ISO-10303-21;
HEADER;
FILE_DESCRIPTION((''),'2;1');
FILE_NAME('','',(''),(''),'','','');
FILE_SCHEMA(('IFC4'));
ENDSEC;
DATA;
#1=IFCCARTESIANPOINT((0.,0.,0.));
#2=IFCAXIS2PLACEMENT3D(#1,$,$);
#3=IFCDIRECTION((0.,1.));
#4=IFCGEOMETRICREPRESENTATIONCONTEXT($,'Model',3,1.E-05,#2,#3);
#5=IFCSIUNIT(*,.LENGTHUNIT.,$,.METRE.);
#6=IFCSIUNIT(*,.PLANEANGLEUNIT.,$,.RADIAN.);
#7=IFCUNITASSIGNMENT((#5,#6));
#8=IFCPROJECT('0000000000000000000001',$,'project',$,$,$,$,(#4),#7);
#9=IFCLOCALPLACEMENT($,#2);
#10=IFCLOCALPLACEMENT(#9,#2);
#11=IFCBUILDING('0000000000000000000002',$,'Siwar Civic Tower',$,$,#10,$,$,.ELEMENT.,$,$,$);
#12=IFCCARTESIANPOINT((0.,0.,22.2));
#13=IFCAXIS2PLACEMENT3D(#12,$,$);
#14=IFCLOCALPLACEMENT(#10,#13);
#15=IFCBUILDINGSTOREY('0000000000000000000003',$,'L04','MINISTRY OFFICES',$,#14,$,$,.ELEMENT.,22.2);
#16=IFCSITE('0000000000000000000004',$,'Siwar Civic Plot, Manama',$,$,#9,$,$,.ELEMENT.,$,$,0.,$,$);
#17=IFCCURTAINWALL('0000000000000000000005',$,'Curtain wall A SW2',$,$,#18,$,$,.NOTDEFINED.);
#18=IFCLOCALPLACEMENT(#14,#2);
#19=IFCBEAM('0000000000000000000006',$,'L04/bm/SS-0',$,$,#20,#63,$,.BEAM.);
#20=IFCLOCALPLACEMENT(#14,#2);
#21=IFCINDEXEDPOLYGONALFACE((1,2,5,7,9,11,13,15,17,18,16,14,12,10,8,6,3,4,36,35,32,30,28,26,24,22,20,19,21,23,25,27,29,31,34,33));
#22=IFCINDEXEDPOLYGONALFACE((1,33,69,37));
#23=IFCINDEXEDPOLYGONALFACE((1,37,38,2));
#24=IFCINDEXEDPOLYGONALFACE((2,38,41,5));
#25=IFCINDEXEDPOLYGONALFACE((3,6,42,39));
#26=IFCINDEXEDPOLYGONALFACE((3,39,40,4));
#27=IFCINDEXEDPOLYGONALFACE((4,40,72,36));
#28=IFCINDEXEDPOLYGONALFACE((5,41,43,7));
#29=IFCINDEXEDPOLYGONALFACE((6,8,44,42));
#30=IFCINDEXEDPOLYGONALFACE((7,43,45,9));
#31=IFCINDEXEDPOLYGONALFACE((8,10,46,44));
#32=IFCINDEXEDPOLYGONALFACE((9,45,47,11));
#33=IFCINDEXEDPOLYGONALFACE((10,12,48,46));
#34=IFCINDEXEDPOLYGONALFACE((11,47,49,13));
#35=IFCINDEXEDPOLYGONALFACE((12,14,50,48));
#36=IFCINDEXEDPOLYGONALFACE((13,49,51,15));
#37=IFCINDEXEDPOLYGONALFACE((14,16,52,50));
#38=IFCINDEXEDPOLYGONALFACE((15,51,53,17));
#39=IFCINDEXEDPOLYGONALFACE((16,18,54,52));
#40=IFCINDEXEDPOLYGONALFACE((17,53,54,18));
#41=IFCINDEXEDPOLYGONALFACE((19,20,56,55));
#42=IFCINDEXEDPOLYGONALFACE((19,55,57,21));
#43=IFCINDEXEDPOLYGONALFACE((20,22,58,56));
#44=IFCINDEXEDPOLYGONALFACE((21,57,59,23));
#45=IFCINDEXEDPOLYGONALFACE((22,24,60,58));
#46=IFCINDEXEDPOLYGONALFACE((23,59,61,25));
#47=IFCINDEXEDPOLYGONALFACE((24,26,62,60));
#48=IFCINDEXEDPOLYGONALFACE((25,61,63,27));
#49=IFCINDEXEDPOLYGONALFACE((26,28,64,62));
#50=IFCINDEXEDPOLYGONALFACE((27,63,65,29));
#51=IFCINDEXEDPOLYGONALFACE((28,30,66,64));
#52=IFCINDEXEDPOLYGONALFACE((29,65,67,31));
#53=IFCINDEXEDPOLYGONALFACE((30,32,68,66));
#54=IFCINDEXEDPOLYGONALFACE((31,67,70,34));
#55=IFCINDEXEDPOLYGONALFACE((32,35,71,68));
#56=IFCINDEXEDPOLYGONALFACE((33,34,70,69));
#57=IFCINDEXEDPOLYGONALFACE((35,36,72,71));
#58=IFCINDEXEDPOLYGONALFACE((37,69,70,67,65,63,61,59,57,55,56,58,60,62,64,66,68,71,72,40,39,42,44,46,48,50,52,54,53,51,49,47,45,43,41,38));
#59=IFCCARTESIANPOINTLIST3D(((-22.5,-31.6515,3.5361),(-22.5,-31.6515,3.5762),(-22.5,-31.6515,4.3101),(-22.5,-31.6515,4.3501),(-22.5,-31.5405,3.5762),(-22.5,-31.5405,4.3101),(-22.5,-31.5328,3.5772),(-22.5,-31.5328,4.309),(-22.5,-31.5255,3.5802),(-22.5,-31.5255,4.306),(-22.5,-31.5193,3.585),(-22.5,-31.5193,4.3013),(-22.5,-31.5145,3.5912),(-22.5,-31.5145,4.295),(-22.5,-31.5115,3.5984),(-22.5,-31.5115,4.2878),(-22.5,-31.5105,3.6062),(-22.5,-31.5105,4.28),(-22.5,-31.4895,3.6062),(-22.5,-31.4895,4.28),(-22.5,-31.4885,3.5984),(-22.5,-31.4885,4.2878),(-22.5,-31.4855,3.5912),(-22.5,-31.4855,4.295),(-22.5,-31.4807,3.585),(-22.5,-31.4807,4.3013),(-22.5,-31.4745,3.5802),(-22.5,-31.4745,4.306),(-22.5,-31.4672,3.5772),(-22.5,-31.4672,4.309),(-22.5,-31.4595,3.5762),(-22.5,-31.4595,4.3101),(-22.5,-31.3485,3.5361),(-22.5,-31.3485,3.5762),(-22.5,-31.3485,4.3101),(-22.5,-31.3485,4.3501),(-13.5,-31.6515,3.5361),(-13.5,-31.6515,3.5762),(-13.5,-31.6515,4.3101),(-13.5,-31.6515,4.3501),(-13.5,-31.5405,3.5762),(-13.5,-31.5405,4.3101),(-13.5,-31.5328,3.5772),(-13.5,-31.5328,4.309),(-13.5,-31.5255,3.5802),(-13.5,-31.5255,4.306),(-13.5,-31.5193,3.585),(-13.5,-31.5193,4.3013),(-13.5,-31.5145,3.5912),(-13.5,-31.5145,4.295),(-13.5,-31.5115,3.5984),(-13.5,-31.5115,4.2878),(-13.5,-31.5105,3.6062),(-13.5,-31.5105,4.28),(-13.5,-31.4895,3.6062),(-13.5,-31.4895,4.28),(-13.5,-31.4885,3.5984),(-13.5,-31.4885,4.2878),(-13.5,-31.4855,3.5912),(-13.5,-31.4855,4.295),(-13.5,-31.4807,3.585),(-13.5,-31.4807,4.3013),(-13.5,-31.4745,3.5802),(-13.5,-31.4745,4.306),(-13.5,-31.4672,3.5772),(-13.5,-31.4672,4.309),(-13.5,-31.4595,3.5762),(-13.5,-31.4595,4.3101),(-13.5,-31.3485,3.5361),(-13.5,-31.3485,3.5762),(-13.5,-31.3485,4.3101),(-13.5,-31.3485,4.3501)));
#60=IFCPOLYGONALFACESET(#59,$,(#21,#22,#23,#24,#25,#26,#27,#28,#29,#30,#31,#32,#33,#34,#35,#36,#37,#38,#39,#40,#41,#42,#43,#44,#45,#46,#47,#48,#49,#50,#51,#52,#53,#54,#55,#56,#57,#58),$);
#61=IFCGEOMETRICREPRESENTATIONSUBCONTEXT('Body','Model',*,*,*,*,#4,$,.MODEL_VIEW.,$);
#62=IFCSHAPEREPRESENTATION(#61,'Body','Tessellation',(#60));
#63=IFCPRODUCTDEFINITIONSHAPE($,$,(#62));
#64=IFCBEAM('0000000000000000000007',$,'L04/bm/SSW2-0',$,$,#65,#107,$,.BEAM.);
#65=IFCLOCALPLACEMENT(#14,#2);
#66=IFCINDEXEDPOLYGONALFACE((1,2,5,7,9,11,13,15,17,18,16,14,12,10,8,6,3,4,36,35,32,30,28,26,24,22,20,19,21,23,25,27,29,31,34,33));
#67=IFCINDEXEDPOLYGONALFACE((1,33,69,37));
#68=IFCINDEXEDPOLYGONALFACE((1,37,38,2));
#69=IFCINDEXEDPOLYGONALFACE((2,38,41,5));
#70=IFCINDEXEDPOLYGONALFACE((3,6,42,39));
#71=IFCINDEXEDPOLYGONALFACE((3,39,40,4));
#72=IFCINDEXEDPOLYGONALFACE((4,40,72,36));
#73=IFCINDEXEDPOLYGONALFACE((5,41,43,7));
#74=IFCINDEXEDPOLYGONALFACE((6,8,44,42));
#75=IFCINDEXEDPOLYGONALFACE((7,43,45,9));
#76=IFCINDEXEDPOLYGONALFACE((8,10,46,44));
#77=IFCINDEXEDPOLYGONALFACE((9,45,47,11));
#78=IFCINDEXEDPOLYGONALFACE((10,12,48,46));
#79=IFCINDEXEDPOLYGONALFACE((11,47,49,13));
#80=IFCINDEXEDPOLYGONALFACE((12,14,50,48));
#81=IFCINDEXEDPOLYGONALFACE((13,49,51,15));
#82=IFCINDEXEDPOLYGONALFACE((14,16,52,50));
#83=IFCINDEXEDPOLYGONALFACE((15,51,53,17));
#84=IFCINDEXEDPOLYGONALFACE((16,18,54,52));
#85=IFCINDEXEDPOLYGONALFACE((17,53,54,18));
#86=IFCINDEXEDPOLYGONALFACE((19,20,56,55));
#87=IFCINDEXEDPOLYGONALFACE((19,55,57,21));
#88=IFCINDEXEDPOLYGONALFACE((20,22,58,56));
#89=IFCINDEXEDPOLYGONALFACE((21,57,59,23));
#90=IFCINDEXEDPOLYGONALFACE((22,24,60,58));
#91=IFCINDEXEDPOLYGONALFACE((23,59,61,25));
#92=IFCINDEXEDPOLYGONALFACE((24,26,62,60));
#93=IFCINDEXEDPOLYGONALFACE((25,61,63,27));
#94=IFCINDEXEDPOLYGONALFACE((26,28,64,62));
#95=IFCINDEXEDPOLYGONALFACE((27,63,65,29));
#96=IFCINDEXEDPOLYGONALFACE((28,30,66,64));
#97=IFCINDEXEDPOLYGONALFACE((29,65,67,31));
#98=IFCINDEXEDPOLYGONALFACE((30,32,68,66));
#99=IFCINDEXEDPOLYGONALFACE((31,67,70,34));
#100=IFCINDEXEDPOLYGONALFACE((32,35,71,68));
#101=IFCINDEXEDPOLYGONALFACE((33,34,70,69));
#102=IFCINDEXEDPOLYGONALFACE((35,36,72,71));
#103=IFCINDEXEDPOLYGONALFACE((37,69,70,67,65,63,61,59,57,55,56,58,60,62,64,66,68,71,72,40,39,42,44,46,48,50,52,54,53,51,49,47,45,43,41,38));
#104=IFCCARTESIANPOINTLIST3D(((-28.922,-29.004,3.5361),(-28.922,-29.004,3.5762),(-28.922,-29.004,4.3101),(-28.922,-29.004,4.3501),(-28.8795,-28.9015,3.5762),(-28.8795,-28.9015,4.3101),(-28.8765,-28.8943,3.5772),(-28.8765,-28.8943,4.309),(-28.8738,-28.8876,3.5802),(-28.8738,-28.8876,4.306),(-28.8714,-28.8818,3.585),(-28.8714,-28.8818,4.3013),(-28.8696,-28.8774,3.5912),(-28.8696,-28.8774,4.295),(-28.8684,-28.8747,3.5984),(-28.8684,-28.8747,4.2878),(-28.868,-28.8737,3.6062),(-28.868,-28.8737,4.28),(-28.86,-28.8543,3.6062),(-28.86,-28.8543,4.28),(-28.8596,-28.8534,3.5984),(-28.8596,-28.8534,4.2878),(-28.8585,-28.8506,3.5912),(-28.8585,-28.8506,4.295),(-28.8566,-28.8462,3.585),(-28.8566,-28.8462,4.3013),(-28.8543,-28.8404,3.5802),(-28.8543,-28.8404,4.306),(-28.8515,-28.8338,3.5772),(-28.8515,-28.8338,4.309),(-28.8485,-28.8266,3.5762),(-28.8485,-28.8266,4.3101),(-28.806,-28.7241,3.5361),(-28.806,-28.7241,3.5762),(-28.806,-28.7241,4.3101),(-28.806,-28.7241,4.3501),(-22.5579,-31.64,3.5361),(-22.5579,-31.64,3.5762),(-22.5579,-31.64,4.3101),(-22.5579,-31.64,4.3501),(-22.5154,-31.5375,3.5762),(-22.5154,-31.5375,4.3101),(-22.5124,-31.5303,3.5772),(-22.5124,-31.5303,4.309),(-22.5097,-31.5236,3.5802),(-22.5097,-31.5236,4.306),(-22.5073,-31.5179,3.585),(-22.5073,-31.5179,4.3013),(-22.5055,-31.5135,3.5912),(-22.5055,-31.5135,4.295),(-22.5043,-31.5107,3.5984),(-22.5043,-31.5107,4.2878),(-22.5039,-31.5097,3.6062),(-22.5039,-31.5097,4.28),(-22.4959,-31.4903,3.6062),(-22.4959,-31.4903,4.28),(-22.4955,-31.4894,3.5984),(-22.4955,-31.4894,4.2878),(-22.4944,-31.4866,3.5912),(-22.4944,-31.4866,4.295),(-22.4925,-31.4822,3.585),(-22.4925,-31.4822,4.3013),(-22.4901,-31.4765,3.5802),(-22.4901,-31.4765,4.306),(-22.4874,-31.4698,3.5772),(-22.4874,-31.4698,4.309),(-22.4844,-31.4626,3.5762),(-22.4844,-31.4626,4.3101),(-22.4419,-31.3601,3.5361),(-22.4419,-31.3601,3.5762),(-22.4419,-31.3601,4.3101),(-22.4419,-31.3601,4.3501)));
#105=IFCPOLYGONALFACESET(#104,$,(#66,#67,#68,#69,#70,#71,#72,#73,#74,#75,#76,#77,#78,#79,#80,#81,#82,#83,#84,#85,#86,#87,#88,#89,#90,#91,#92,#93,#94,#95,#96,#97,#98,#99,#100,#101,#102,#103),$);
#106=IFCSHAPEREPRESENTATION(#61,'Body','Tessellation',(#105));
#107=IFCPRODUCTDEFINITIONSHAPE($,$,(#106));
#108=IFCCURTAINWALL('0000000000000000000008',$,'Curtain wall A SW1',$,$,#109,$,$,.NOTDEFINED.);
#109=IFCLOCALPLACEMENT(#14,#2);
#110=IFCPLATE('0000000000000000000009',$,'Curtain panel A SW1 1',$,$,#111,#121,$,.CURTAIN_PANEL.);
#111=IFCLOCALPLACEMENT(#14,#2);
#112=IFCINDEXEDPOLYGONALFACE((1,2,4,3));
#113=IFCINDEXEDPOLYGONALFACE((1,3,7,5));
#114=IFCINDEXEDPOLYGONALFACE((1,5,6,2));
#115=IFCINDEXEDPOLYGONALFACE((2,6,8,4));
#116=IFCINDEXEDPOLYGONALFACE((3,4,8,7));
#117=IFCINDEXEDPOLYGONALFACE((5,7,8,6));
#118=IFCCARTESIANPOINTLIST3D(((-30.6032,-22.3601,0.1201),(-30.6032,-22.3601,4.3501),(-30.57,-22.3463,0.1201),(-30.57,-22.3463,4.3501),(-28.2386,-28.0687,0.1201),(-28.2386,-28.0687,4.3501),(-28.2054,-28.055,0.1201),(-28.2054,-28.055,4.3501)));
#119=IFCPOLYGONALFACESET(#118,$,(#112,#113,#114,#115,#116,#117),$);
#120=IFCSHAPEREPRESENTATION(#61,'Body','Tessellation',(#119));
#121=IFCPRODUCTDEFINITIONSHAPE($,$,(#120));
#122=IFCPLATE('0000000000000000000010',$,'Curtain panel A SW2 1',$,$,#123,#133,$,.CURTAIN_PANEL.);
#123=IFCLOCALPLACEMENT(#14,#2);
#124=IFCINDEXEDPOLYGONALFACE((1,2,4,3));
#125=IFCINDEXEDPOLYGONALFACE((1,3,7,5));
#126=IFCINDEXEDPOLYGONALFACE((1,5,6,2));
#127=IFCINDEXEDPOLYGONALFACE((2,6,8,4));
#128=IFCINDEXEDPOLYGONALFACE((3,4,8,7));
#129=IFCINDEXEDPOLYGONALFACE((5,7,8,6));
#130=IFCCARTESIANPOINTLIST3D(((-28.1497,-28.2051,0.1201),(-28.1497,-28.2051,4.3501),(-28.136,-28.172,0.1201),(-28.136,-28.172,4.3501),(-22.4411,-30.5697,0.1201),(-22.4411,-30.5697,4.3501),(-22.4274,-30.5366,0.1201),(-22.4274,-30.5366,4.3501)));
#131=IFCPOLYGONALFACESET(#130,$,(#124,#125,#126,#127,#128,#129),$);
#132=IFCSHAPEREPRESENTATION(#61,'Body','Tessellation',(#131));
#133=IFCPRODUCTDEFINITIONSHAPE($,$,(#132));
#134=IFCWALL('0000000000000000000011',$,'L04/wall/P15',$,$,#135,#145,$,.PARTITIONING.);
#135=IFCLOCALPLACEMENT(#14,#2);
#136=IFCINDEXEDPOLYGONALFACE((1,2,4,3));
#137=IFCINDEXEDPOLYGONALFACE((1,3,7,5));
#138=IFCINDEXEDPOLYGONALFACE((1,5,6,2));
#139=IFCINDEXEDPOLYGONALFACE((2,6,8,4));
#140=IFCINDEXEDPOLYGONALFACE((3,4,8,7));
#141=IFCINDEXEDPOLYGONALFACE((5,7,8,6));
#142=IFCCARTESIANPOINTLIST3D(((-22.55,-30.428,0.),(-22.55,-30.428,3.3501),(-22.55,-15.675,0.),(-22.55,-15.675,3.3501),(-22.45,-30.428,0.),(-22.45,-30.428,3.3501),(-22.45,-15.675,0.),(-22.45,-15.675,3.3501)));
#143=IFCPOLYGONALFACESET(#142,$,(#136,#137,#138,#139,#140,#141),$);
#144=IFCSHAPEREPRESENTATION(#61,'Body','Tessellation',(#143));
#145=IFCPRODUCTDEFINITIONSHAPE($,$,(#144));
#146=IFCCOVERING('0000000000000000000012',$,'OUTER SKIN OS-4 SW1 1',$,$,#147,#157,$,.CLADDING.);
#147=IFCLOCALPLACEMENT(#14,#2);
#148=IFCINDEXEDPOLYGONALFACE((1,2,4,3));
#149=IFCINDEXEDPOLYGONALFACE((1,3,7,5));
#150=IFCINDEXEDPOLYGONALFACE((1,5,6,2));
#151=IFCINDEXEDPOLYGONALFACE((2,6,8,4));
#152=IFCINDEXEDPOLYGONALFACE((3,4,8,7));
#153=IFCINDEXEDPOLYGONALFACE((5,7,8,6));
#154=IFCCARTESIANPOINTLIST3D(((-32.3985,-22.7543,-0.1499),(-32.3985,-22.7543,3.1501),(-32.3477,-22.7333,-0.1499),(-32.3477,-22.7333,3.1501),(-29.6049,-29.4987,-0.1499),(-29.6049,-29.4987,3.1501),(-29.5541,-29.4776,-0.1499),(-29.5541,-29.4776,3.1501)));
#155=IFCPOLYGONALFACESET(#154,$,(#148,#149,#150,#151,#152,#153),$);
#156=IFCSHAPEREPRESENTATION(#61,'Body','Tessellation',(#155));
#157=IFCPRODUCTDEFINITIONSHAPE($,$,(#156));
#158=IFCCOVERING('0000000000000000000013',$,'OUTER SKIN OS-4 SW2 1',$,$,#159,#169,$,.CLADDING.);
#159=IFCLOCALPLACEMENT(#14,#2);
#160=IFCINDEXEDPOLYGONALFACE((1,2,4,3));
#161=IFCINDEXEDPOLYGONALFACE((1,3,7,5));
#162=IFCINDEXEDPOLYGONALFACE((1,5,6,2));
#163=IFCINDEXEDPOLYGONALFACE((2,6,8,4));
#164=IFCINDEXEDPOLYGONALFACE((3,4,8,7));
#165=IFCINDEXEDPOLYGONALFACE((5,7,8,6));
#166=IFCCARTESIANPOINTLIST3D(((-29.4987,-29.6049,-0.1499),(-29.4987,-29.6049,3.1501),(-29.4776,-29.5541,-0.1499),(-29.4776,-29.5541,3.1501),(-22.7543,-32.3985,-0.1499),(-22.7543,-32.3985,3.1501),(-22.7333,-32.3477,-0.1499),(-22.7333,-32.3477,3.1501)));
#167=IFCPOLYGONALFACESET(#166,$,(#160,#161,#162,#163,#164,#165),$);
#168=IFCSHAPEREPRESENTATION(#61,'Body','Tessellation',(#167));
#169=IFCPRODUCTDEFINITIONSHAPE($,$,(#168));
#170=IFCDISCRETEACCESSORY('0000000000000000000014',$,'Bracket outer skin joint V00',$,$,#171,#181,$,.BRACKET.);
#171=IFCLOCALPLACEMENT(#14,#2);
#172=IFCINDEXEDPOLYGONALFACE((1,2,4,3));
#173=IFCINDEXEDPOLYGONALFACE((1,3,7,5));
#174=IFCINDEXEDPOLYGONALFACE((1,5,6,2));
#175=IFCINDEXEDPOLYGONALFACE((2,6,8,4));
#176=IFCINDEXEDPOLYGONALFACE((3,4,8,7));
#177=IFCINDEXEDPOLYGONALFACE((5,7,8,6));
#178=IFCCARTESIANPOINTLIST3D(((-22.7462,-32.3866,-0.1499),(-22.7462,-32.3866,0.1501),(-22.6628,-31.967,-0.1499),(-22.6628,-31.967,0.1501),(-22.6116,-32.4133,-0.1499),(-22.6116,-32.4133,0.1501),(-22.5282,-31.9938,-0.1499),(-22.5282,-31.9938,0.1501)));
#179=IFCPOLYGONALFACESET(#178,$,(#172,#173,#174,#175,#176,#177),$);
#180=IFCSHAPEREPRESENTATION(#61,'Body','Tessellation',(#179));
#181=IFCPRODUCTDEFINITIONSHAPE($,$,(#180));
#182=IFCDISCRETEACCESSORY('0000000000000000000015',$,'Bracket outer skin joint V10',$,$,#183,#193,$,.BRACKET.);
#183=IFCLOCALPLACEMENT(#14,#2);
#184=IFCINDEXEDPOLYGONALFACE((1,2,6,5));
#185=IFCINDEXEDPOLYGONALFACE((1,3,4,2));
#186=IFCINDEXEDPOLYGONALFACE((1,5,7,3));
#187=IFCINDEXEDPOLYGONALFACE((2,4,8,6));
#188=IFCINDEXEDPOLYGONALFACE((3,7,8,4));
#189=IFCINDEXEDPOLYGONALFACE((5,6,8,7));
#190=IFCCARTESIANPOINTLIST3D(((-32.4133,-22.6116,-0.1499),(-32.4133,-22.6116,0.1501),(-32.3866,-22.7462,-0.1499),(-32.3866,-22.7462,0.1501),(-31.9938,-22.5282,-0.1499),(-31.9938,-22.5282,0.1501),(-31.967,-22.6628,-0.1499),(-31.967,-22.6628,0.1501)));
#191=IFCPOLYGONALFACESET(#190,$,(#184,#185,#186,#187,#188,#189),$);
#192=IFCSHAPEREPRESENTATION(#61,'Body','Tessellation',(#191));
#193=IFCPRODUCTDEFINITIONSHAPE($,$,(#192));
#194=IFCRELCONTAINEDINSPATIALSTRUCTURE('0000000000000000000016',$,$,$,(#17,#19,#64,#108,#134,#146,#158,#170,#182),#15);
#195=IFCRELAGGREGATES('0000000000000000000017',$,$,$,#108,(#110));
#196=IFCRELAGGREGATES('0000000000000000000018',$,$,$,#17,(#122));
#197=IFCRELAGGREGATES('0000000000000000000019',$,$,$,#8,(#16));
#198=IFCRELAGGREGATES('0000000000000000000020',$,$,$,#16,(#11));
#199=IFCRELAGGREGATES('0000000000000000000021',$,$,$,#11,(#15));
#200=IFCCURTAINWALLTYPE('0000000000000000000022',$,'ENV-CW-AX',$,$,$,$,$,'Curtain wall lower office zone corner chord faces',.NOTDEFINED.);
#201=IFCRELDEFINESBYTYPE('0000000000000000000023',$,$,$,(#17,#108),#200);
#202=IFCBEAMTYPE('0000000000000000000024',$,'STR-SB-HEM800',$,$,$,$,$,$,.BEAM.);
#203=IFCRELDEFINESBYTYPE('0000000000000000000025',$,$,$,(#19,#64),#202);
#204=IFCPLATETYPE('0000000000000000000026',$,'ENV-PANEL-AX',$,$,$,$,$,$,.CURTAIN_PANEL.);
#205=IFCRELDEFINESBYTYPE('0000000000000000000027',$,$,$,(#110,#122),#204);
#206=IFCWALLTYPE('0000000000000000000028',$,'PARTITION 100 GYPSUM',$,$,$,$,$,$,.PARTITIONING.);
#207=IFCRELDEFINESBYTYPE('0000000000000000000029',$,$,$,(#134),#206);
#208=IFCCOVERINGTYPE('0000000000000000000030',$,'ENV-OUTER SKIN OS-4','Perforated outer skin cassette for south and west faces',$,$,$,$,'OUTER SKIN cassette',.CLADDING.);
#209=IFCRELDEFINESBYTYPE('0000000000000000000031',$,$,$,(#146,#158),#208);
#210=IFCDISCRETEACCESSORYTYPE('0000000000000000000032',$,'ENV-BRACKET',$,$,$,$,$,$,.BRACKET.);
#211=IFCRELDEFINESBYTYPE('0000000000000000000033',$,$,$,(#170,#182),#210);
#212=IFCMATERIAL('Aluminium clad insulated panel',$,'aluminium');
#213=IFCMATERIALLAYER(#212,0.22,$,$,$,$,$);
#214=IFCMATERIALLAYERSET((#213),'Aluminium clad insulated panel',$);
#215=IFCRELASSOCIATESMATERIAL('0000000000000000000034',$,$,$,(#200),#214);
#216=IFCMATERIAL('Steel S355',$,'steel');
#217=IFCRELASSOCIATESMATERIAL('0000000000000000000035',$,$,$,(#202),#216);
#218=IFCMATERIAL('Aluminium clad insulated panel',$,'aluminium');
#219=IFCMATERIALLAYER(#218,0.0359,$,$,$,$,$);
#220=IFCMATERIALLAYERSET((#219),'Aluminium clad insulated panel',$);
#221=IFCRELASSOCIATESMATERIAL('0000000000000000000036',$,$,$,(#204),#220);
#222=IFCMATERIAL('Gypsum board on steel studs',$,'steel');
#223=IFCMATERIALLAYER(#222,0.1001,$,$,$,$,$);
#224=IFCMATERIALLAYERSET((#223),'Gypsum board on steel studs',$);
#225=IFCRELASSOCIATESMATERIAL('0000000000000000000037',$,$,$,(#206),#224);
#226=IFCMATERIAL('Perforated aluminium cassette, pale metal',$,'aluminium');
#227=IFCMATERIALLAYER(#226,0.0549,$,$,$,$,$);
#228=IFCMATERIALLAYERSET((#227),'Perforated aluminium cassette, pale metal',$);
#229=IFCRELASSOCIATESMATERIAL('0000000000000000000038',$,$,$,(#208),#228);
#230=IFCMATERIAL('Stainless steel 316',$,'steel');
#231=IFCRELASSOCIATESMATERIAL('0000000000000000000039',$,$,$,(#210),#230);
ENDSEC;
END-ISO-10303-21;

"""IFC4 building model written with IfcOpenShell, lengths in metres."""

from ifc_helpers import new_model, si_unit, direction, frame, frame_2d, origin, origin_2d, place, context, subcontext, project, spatial, rectangle, i_section, extrude, material, layer, layer_set, material_profile, profile_set, type_object, element, aggregate, save


model = new_model("IFC4")

# Units and contexts
model_context = context("Model", 3, precision=1e-05, world=origin(), true_north=direction((0.0, 1.0)))
body_context = subcontext(model_context, "Body", "Model", "MODEL_VIEW")
ifc_project = project(units=[si_unit("LENGTHUNIT", "METRE"), si_unit("PLANEANGLEUNIT", "RADIAN")], contexts=[model_context])

# Site, building, storey
site_placement = place(None, origin())
site = spatial("IfcSite", under=ifc_project, at=site_placement, Name="Siwar Civic Plot, Manama", CompositionType="ELEMENT", RefElevation=0.0)
building_placement = place(site_placement, origin())
building = spatial("IfcBuilding", under=site, at=building_placement, Name="Siwar Civic Tower", CompositionType="ELEMENT")
storey_placement = place(building_placement, frame((0.0, 0.0, 22.2)))
storey = spatial("IfcBuildingStorey", under=building, at=storey_placement, Name="L04", Description="MINISTRY OFFICES", CompositionType="ELEMENT", Elevation=22.2)

# Curtain wall
ifc_material_1 = material(Name="Aluminium clad insulated panel", Category="aluminium")
ifc_layer_1 = layer(ifc_material_1, 0.22)
ifc_layer_set_1 = layer_set([ifc_layer_1], Name="Aluminium clad insulated panel")
curtain_wall_type_1 = type_object("IfcCurtainWallType", Name="ENV-CW-AX", ElementType="Curtain wall lower office zone corner chord faces", PredefinedType="NOTDEFINED", material=ifc_layer_set_1)
curtain_wall_1_placement = place(storey_placement, origin())
curtain_wall_1 = element("IfcCurtainWall", 1, at=curtain_wall_1_placement, inside=storey, type_object=curtain_wall_type_1, Name="Curtain wall A SW2", PredefinedType="NOTDEFINED")

# Beams
ifc_material_2 = material(Name="Steel S355", Category="steel")
ifc_material_profile_1 = material_profile(ifc_material_2, i_section(OverallWidth=0.303, OverallDepth=0.814, WebThickness=0.021, FlangeThickness=0.04, FilletRadius=0.03, at=origin_2d()), Name="HEM800")
ifc_profile_set_1 = profile_set([ifc_material_profile_1], Name="Steel S355")
beam_type_1 = type_object("IfcBeamType", Name="STR-SB-HEM800", PredefinedType="BEAM", material=ifc_profile_set_1)
beam_1_placement = place(storey_placement, frame((-22.5, -31.5, 3.9431), z_axis=(1.0, 0.0, 0.0), x_axis=(0.0, 1.0, 0.0)))
element("IfcBeam", 2, at=beam_1_placement, inside=storey, type_object=beam_type_1, Name="L04/bm/SS-0", PredefinedType="BEAM", context=body_context, shape_type="SweptSolid", body=[
    extrude(i_section(OverallWidth=0.303, OverallDepth=0.814, WebThickness=0.021, FlangeThickness=0.04, FilletRadius=0.03, at=origin_2d()), origin(), (0.0, 0.0, 1.0), 9.0),
])
beam_2_placement = place(storey_placement, frame((-28.864, -28.864, 3.9431), z_axis=(0.923883, -0.382674, 0.0), x_axis=(0.382674, 0.923883, 0.0)))
element("IfcBeam", 3, at=beam_2_placement, inside=storey, type_object=beam_type_1, Name="L04/bm/SSW2-0", PredefinedType="BEAM", context=body_context, shape_type="SweptSolid", body=[
    extrude(i_section(OverallWidth=0.303, OverallDepth=0.814, WebThickness=0.021, FlangeThickness=0.04, FilletRadius=0.03, at=origin_2d()), origin(), (0.0, 0.0, 1.0), 6.8884),
])

# Curtain wall, plate
curtain_wall_2_placement = place(storey_placement, origin())
curtain_wall_2 = element("IfcCurtainWall", 4, at=curtain_wall_2_placement, inside=storey, type_object=curtain_wall_type_1, Name="Curtain wall A SW1", PredefinedType="NOTDEFINED")
ifc_material_3 = material(Name="Aluminium clad insulated panel", Category="aluminium")
ifc_layer_2 = layer(ifc_material_3, 0.0359)
ifc_layer_set_2 = layer_set([ifc_layer_2], Name="Aluminium clad insulated panel")
plate_type = type_object("IfcPlateType", Name="ENV-PANEL-AX", PredefinedType="CURTAIN_PANEL", material=ifc_layer_set_2)
plate_1_placement = place(storey_placement, frame((-29.4043, -25.2075, 0.1201), z_axis=(0.0, 0.0, 1.0), x_axis=(0.382683, -0.92388, 0.0)))
plate_1 = element("IfcPlate", 5, at=plate_1_placement, type_object=plate_type, Name="Curtain panel A SW1 1", PredefinedType="CURTAIN_PANEL", context=body_context, shape_type="SweptSolid", body=[
    extrude(rectangle(XDim=6.179, YDim=0.0359, at=origin_2d()), origin(), (0.0, 0.0, 1.0), 4.23),
])
aggregate(curtain_wall_2, [plate_1])

# Plate
plate_2_placement = place(storey_placement, frame((-25.2886, -29.3708, 0.1201), z_axis=(0.0, 0.0, 1.0), x_axis=(0.92388, -0.382683, 0.0)))
plate_2 = element("IfcPlate", 6, at=plate_2_placement, type_object=plate_type, Name="Curtain panel A SW2 1", PredefinedType="CURTAIN_PANEL", context=body_context, shape_type="SweptSolid", body=[
    extrude(rectangle(XDim=6.179, YDim=0.0359, at=origin_2d()), origin(), (0.0, 0.0, 1.0), 4.23),
])
aggregate(curtain_wall_1, [plate_2])

# Wall
ifc_material_4 = material(Name="Gypsum board on steel studs", Category="steel")
ifc_layer_3 = layer(ifc_material_4, 0.1001)
ifc_layer_set_3 = layer_set([ifc_layer_3], Name="Gypsum board on steel studs")
wall_type = type_object("IfcWallType", Name="PARTITION 100 GYPSUM", PredefinedType="PARTITIONING", material=ifc_layer_set_3)
wall_placement = place(storey_placement, frame((-22.5, -30.428, 0.0), z_axis=(0.0, 0.0, 1.0), x_axis=(0.0, 1.0, 0.0)))
element("IfcWall", 7, at=wall_placement, inside=storey, type_object=wall_type, Name="L04/wall/P15", PredefinedType="PARTITIONING", context=body_context, shape_type="SweptSolid", body=[
    extrude(rectangle(XDim=14.7529, YDim=0.1001, at=frame_2d((7.3765, 0.0))), origin(), (0.0, 0.0, 1.0), 3.3501),
])

# Coverings
ifc_material_5 = material(Name="Perforated aluminium cassette, pale metal", Category="aluminium")
ifc_layer_4 = layer(ifc_material_5, 0.0549)
ifc_layer_set_4 = layer_set([ifc_layer_4], Name="Perforated aluminium cassette, pale metal")
covering_type = type_object("IfcCoveringType", Name="ENV-OUTER SKIN OS-4", Description="Perforated outer skin cassette for south and west faces", ElementType="OUTER SKIN cassette", PredefinedType="CLADDING", material=ifc_layer_set_4)
for number, where, z_axis, x_axis, name in (
    (8, (-30.9763, -26.116, -0.1499), (0.0, 0.0, 1.0), (0.382683, -0.92388, 0.0), "OUTER SKIN OS-4 SW1 1"),
    (9, (-26.116, -30.9763, -0.1499), (0.0, 0.0, 1.0), (0.92388, -0.382683, 0.0), "OUTER SKIN OS-4 SW2 1"),
):
    element("IfcCovering", number, at=place(storey_placement, frame(where, z_axis=z_axis, x_axis=x_axis)), inside=storey, type_object=covering_type, Name=name, PredefinedType="CLADDING", context=body_context, shape_type="SweptSolid", body=[
        extrude(rectangle(XDim=7.3, YDim=0.0549, at=origin_2d()), origin(), (0.0, 0.0, 1.0), 3.3),
    ])

# Discrete accessories
ifc_material_6 = material(Name="Stainless steel 316", Category="steel")
discrete_accessory_type = type_object("IfcDiscreteAccessoryType", Name="ENV-BRACKET", PredefinedType="BRACKET", material=ifc_material_6)
for number, where, z_axis, x_axis, name in (
    (10, (-22.6372, -32.1902, -0.1499), (0.0, 0.0, 1.0), (-0.19509, -0.980785, 0.0), "Bracket outer skin joint V00"),
    (11, (-32.1902, -22.6372, -0.1499), (0.0, 0.0, 1.0), (-0.980785, -0.19509, 0.0), "Bracket outer skin joint V10"),
):
    element("IfcDiscreteAccessory", number, at=place(storey_placement, frame(where, z_axis=z_axis, x_axis=x_axis)), inside=storey, type_object=discrete_accessory_type, Name=name, PredefinedType="BRACKET", context=body_context, shape_type="SweptSolid", body=[
        extrude(rectangle(XDim=0.4277, YDim=0.1372, at=origin_2d()), origin(), (0.0, 0.0, 1.0), 0.3),
    ])

save(model, "model.ifc")
